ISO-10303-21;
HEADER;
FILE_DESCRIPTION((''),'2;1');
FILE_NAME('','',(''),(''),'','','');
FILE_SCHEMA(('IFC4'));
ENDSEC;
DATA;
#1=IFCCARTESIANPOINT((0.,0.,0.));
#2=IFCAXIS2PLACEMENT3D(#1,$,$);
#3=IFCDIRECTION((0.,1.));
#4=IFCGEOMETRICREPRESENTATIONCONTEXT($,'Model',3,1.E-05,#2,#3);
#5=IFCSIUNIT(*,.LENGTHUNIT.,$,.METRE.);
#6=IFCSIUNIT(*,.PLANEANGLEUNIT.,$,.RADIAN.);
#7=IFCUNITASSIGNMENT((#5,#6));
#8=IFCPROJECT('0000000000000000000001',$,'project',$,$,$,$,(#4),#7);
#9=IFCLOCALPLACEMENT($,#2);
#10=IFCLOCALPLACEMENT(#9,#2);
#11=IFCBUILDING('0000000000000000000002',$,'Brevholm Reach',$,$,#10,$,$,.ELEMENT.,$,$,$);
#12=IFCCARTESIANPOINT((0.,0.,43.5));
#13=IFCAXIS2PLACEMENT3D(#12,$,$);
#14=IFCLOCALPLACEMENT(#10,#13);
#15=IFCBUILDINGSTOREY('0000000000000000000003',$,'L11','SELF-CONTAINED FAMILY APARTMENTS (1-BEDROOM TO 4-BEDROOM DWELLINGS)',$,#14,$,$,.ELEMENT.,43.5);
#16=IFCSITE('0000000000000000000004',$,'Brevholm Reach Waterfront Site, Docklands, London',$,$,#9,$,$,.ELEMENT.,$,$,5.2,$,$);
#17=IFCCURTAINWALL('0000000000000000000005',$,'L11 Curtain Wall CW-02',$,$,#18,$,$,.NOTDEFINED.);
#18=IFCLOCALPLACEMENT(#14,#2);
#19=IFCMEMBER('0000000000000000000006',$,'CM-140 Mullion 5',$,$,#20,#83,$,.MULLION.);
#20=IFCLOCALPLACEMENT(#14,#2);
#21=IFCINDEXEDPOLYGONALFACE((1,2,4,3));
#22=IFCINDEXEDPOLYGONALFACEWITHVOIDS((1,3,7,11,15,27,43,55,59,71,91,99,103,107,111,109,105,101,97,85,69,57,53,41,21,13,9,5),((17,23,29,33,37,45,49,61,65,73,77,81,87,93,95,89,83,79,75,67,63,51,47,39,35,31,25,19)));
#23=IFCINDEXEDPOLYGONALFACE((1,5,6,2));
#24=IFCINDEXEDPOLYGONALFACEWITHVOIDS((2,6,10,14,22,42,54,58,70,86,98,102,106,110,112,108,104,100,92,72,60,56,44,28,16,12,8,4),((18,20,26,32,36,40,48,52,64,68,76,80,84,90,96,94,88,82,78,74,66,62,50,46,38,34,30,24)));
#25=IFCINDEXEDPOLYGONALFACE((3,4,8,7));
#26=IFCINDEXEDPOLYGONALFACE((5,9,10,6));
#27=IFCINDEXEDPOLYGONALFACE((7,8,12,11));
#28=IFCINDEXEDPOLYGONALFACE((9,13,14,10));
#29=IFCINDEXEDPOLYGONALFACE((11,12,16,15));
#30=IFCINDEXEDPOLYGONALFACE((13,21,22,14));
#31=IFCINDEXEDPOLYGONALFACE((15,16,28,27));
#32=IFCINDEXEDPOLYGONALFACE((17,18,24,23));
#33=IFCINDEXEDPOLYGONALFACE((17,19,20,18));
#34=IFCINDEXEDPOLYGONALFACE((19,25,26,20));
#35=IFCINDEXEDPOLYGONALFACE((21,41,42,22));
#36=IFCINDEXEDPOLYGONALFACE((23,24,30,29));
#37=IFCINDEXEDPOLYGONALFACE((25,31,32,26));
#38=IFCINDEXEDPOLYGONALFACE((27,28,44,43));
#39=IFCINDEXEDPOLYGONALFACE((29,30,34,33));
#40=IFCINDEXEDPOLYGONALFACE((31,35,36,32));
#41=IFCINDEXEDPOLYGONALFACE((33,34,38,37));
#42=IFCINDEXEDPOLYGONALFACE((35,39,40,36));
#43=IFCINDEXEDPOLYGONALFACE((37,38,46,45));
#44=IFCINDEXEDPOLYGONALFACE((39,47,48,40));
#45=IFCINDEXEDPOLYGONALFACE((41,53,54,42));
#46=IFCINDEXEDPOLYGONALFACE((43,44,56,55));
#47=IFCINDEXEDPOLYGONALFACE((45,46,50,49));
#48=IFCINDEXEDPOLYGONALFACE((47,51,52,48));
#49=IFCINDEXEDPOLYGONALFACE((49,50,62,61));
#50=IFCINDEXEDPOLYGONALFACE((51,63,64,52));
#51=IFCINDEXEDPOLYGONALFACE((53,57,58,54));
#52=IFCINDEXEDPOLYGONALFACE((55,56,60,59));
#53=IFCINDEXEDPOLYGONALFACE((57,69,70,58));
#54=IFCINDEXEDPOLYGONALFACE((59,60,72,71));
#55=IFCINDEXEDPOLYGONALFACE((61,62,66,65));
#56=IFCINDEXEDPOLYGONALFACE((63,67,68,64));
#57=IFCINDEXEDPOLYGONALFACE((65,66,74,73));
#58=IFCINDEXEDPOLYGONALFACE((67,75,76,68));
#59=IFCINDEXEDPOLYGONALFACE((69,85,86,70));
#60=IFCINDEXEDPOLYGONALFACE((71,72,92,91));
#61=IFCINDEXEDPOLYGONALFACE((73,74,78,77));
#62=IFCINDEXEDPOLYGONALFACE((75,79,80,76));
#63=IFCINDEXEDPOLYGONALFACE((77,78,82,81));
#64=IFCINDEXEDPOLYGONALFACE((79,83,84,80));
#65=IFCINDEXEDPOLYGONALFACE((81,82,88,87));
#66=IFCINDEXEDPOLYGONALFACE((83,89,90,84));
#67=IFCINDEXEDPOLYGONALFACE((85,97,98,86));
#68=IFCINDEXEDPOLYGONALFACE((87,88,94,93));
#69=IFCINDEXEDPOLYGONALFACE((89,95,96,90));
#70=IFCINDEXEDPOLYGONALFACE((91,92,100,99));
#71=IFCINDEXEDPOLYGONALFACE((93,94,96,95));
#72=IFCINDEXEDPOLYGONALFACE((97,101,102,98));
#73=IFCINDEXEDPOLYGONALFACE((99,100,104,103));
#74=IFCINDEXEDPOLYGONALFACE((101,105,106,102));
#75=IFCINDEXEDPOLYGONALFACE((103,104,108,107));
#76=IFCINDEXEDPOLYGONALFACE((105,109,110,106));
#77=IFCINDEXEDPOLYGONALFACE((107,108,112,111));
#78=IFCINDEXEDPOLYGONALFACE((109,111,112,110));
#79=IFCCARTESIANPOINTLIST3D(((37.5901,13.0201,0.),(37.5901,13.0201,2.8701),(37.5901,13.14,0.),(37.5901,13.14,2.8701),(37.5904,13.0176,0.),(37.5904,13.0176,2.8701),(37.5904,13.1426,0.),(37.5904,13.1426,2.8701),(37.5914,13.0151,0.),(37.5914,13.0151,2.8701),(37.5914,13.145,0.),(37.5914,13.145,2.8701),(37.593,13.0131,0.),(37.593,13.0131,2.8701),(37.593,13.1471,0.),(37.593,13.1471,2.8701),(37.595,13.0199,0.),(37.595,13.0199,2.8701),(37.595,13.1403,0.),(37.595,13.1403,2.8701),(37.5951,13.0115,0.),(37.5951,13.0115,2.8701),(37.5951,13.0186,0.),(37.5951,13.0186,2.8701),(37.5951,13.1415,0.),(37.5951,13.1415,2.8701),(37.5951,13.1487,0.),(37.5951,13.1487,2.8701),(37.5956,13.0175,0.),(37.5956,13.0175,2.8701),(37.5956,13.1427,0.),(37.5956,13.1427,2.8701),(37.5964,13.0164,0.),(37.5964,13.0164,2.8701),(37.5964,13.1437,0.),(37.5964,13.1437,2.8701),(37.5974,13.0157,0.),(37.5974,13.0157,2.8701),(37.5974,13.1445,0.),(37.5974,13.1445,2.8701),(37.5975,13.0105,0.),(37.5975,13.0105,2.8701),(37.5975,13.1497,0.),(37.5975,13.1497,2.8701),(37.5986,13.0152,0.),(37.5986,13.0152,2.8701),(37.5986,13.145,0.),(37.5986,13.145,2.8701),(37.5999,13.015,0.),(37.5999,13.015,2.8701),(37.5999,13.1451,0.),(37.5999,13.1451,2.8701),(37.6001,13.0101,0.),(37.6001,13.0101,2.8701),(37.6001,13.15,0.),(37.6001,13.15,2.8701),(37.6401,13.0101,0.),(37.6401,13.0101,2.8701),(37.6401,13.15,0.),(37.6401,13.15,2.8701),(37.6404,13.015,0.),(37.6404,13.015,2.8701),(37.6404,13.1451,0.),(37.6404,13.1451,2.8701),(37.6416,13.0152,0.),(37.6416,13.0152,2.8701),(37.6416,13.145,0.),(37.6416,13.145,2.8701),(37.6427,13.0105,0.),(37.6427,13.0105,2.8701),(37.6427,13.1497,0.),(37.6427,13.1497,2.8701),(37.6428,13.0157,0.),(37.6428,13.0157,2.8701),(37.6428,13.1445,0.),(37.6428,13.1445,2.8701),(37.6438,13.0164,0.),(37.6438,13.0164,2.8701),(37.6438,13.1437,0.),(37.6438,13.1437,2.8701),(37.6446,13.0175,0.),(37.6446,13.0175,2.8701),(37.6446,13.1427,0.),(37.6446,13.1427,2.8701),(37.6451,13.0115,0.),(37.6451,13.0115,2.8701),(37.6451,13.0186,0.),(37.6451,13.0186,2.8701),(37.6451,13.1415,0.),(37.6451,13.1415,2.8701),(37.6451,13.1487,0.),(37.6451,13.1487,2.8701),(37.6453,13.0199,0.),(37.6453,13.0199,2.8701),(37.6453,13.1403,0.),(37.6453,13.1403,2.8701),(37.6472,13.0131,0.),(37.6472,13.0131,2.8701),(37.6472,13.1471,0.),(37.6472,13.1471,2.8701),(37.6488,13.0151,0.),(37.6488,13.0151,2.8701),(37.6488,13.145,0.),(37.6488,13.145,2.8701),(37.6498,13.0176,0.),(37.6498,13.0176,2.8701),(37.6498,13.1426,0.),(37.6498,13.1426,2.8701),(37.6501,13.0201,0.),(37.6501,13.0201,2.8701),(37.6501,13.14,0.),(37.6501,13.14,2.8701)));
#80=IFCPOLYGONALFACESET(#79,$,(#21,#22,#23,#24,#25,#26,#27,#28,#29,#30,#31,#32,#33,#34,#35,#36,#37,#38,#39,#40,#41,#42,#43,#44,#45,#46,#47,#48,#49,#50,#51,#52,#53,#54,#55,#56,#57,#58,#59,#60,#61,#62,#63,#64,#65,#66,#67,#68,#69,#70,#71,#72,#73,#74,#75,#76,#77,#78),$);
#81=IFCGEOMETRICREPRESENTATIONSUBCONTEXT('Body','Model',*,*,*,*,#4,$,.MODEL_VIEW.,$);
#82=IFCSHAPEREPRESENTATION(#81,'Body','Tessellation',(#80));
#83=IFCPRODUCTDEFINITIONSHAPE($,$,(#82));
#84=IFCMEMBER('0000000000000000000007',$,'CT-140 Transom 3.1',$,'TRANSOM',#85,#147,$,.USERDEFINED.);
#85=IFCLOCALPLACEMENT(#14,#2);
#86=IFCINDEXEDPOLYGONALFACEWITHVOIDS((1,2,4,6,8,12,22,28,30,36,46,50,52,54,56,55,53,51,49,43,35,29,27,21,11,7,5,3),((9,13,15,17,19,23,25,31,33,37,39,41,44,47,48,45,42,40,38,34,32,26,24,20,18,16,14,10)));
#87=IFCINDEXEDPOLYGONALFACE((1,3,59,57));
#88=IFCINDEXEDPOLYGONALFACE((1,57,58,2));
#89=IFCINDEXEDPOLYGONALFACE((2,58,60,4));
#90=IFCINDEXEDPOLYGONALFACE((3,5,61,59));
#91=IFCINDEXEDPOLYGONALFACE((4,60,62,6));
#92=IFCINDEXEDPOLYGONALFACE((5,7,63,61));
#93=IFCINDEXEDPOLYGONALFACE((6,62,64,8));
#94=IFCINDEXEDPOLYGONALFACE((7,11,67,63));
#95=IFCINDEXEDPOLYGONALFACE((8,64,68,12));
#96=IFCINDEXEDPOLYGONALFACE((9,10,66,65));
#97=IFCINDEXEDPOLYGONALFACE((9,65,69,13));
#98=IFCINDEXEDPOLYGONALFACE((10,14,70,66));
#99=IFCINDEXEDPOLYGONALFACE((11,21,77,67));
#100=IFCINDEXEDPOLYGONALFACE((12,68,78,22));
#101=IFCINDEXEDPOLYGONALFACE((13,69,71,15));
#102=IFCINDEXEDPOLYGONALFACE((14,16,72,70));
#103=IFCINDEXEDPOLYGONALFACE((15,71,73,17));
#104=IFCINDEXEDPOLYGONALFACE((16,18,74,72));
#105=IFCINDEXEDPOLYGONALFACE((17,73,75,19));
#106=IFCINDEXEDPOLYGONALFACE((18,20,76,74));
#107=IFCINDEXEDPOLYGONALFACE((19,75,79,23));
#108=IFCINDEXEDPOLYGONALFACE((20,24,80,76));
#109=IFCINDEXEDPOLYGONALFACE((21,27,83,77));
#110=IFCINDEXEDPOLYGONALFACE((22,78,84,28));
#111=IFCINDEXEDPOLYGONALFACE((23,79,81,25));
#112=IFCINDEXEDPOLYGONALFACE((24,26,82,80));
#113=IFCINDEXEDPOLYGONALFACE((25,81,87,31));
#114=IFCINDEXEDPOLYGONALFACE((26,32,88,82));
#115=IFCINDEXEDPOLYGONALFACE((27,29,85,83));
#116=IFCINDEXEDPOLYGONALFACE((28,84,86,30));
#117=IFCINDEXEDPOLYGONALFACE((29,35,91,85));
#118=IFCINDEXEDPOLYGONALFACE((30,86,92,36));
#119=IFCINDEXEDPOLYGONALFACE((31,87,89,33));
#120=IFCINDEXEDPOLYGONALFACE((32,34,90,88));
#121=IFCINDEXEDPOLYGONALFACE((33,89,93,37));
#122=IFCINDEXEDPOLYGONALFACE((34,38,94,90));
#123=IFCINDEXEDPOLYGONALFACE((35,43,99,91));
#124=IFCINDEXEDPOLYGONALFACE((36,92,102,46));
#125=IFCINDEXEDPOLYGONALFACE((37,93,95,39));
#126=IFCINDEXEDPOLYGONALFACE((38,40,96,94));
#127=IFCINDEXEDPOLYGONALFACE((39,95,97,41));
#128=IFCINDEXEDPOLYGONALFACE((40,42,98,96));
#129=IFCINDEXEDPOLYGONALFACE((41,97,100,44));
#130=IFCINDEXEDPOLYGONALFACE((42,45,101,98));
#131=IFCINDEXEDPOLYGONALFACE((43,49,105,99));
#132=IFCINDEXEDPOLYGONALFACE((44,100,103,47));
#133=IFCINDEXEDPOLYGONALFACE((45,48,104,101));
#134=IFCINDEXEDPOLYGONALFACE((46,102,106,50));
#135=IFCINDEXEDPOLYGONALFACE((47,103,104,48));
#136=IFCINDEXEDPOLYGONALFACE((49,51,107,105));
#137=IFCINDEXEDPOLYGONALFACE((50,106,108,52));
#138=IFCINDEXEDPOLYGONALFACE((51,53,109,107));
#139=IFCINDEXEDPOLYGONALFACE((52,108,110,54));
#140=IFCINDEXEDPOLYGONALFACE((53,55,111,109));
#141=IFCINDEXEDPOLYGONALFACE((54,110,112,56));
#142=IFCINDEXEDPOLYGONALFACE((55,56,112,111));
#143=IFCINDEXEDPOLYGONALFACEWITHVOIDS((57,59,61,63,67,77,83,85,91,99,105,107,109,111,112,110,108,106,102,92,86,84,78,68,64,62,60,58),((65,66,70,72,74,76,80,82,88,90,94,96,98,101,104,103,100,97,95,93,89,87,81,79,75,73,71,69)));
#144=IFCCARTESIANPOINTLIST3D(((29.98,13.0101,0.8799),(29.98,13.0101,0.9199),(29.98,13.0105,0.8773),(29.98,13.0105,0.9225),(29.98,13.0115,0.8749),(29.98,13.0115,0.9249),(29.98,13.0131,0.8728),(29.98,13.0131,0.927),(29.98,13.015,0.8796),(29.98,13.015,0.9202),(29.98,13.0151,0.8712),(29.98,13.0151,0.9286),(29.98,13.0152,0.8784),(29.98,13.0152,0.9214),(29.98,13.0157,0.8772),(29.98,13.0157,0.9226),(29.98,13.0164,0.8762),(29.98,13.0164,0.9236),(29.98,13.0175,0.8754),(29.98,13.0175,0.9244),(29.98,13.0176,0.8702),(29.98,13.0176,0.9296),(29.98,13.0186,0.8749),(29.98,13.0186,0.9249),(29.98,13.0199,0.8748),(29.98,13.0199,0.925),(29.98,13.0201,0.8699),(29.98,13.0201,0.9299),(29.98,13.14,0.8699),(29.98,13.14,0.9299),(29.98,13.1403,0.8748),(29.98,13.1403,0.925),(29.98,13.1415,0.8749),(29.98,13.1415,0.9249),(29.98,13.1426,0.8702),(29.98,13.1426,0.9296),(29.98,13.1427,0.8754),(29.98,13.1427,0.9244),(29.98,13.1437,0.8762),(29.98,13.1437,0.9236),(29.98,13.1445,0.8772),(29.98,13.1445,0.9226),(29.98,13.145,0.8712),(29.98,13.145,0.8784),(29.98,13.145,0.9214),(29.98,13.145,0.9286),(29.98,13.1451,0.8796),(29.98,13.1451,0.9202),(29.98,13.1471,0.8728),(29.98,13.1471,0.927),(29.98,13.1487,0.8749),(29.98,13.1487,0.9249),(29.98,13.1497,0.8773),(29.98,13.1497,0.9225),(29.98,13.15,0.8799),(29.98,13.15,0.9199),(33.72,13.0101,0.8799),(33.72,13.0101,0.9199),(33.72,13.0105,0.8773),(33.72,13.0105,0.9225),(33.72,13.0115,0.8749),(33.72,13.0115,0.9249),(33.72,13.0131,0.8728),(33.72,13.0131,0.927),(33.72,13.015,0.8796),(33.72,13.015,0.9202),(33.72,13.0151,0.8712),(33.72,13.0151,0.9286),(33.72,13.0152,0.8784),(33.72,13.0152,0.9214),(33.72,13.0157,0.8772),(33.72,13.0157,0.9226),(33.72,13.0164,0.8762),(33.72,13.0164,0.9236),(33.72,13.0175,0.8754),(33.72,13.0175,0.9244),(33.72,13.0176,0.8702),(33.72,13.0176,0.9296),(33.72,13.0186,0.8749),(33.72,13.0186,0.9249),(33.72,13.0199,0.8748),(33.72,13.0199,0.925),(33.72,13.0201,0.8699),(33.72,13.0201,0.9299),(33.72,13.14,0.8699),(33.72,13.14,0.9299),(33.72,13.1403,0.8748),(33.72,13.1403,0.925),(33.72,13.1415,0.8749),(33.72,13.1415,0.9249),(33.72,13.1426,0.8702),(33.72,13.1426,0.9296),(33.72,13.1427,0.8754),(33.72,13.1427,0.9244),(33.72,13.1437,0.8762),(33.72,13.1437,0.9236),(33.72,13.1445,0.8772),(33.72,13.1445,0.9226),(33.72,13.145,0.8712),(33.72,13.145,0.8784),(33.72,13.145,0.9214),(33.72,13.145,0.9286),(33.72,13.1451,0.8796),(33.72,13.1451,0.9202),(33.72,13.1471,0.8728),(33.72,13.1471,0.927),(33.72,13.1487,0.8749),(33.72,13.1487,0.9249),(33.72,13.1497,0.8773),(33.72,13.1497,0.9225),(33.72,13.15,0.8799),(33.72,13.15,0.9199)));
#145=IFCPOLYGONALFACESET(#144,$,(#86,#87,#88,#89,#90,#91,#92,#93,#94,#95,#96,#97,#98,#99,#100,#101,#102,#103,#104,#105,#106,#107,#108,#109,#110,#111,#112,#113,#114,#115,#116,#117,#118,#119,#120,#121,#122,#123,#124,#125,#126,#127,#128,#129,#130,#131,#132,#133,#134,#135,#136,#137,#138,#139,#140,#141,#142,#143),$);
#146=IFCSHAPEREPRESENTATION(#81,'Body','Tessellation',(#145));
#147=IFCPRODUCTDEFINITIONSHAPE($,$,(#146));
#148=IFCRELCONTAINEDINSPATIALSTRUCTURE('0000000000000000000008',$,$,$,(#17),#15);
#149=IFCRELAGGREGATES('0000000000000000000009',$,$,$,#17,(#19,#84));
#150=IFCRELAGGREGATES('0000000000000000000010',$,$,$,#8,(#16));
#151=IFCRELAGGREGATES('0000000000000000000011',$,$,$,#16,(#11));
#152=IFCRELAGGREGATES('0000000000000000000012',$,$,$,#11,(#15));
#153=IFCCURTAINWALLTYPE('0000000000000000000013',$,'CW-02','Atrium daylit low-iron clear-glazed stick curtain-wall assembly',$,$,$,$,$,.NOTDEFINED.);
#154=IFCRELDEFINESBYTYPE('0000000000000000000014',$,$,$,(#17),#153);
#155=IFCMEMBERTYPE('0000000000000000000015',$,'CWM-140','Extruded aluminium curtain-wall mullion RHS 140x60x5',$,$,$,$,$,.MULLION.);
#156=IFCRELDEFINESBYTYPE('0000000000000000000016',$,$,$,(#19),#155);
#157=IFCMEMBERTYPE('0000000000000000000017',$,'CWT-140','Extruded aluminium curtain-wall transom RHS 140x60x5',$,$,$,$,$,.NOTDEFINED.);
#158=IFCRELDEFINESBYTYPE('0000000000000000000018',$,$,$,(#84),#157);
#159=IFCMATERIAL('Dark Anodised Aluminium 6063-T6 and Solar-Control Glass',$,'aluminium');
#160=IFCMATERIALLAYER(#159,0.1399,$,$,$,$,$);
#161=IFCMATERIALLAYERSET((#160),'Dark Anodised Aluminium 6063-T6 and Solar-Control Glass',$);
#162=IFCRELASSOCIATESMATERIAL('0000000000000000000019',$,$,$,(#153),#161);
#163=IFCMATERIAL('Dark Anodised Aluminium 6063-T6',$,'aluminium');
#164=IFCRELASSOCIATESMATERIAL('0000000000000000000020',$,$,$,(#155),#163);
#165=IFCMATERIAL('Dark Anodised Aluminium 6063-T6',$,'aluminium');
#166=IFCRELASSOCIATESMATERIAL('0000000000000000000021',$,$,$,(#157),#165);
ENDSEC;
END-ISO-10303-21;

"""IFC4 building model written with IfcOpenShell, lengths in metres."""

from ifc_helpers import new_model, si_unit, direction, frame, origin, origin_2d, place, context, subcontext, project, spatial, hollow_rectangle, extrude, material, layer, layer_set, material_profile, profile_set, type_object, element, aggregate, save


model = new_model("IFC4")

# Units and contexts
model_context = context("Model", 3, precision=1e-05, world=origin(), true_north=direction((0.0, 1.0)))
body_context = subcontext(model_context, "Body", "Model", "MODEL_VIEW")
ifc_project = project(units=[si_unit("LENGTHUNIT", "METRE"), si_unit("PLANEANGLEUNIT", "RADIAN")], contexts=[model_context])

# Site, building, storey
site_placement = place(None, origin())
site = spatial("IfcSite", under=ifc_project, at=site_placement, Name="Brevholm Reach Waterfront Site, Docklands, London", CompositionType="ELEMENT", RefElevation=5.2)
building_placement = place(site_placement, origin())
building = spatial("IfcBuilding", under=site, at=building_placement, Name="Brevholm Reach", CompositionType="ELEMENT")
storey_placement = place(building_placement, frame((0.0, 0.0, 43.5)))
storey = spatial("IfcBuildingStorey", under=building, at=storey_placement, Name="L11", Description="SELF-CONTAINED FAMILY APARTMENTS (1-BEDROOM TO 4-BEDROOM DWELLINGS)", CompositionType="ELEMENT", Elevation=43.5)

# Curtain wall, members
ifc_material_1 = material(Name="Dark Anodised Aluminium 6063-T6 and Solar-Control Glass", Category="aluminium")
ifc_layer_1 = layer(ifc_material_1, 0.1399)
ifc_layer_set_1 = layer_set([ifc_layer_1], Name="Dark Anodised Aluminium 6063-T6 and Solar-Control Glass")
curtain_wall_type = type_object("IfcCurtainWallType", Name="CW-02", Description="Atrium daylit low-iron clear-glazed stick curtain-wall assembly", PredefinedType="NOTDEFINED", material=ifc_layer_set_1)
curtain_wall_placement = place(storey_placement, origin())
curtain_wall = element("IfcCurtainWall", 1, at=curtain_wall_placement, inside=storey, type_object=curtain_wall_type, Name="L11 Curtain Wall CW-02", PredefinedType="NOTDEFINED")
ifc_material_2 = material(Name="Dark Anodised Aluminium 6063-T6", Category="aluminium")
ifc_material_profile_1 = material_profile(ifc_material_2, hollow_rectangle(XDim=0.0601, YDim=0.1399, WallThickness=0.0049, InnerFilletRadius=0.0049, OuterFilletRadius=0.01, at=origin_2d()), Name="RHS 140x60x5")
ifc_profile_set_1 = profile_set([ifc_material_profile_1], Name="Dark Anodised Aluminium 6063-T6")
member_type_1 = type_object("IfcMemberType", Name="CWM-140", Description="Extruded aluminium curtain-wall mullion RHS 140x60x5", PredefinedType="MULLION", material=ifc_profile_set_1)
member_1_placement = place(storey_placement, frame((37.6201, 13.0801, 0.0), z_axis=(0.0, 0.0, 1.0), x_axis=(1.0, 0.0, 0.0)))
member_1 = element("IfcMember", 2, at=member_1_placement, type_object=member_type_1, Name="CM-140 Mullion 5", PredefinedType="MULLION", context=body_context, shape_type="SweptSolid", body=[
    extrude(hollow_rectangle(XDim=0.0601, YDim=0.1399, WallThickness=0.0049, InnerFilletRadius=0.0049, OuterFilletRadius=0.01, at=origin_2d()), origin(), (0.0, 0.0, 1.0), 2.8701),
])
ifc_material_3 = material(Name="Dark Anodised Aluminium 6063-T6", Category="aluminium")
ifc_material_profile_2 = material_profile(ifc_material_3, hollow_rectangle(XDim=0.0601, YDim=0.1399, WallThickness=0.0049, InnerFilletRadius=0.0049, OuterFilletRadius=0.01, at=origin_2d()), Name="RHS 140x60x5")
ifc_profile_set_2 = profile_set([ifc_material_profile_2], Name="Dark Anodised Aluminium 6063-T6")
member_type_2 = type_object("IfcMemberType", Name="CWT-140", Description="Extruded aluminium curtain-wall transom RHS 140x60x5", PredefinedType="NOTDEFINED", material=ifc_profile_set_2)
member_2_placement = place(storey_placement, frame((29.98, 13.0801, 0.8999), z_axis=(1.0, 0.0, 0.0), x_axis=(0.0, 0.0, 1.0)))
member_2 = element("IfcMember", 3, at=member_2_placement, type_object=member_type_2, Name="CT-140 Transom 3.1", ObjectType="TRANSOM", PredefinedType="USERDEFINED", context=body_context, shape_type="SweptSolid", body=[
    extrude(hollow_rectangle(XDim=0.0601, YDim=0.1399, WallThickness=0.0049, InnerFilletRadius=0.0049, OuterFilletRadius=0.01, at=origin_2d()), origin(), (0.0, 0.0, 1.0), 3.74),
])
aggregate(curtain_wall, [member_1, member_2])

save(model, "model.ifc")
